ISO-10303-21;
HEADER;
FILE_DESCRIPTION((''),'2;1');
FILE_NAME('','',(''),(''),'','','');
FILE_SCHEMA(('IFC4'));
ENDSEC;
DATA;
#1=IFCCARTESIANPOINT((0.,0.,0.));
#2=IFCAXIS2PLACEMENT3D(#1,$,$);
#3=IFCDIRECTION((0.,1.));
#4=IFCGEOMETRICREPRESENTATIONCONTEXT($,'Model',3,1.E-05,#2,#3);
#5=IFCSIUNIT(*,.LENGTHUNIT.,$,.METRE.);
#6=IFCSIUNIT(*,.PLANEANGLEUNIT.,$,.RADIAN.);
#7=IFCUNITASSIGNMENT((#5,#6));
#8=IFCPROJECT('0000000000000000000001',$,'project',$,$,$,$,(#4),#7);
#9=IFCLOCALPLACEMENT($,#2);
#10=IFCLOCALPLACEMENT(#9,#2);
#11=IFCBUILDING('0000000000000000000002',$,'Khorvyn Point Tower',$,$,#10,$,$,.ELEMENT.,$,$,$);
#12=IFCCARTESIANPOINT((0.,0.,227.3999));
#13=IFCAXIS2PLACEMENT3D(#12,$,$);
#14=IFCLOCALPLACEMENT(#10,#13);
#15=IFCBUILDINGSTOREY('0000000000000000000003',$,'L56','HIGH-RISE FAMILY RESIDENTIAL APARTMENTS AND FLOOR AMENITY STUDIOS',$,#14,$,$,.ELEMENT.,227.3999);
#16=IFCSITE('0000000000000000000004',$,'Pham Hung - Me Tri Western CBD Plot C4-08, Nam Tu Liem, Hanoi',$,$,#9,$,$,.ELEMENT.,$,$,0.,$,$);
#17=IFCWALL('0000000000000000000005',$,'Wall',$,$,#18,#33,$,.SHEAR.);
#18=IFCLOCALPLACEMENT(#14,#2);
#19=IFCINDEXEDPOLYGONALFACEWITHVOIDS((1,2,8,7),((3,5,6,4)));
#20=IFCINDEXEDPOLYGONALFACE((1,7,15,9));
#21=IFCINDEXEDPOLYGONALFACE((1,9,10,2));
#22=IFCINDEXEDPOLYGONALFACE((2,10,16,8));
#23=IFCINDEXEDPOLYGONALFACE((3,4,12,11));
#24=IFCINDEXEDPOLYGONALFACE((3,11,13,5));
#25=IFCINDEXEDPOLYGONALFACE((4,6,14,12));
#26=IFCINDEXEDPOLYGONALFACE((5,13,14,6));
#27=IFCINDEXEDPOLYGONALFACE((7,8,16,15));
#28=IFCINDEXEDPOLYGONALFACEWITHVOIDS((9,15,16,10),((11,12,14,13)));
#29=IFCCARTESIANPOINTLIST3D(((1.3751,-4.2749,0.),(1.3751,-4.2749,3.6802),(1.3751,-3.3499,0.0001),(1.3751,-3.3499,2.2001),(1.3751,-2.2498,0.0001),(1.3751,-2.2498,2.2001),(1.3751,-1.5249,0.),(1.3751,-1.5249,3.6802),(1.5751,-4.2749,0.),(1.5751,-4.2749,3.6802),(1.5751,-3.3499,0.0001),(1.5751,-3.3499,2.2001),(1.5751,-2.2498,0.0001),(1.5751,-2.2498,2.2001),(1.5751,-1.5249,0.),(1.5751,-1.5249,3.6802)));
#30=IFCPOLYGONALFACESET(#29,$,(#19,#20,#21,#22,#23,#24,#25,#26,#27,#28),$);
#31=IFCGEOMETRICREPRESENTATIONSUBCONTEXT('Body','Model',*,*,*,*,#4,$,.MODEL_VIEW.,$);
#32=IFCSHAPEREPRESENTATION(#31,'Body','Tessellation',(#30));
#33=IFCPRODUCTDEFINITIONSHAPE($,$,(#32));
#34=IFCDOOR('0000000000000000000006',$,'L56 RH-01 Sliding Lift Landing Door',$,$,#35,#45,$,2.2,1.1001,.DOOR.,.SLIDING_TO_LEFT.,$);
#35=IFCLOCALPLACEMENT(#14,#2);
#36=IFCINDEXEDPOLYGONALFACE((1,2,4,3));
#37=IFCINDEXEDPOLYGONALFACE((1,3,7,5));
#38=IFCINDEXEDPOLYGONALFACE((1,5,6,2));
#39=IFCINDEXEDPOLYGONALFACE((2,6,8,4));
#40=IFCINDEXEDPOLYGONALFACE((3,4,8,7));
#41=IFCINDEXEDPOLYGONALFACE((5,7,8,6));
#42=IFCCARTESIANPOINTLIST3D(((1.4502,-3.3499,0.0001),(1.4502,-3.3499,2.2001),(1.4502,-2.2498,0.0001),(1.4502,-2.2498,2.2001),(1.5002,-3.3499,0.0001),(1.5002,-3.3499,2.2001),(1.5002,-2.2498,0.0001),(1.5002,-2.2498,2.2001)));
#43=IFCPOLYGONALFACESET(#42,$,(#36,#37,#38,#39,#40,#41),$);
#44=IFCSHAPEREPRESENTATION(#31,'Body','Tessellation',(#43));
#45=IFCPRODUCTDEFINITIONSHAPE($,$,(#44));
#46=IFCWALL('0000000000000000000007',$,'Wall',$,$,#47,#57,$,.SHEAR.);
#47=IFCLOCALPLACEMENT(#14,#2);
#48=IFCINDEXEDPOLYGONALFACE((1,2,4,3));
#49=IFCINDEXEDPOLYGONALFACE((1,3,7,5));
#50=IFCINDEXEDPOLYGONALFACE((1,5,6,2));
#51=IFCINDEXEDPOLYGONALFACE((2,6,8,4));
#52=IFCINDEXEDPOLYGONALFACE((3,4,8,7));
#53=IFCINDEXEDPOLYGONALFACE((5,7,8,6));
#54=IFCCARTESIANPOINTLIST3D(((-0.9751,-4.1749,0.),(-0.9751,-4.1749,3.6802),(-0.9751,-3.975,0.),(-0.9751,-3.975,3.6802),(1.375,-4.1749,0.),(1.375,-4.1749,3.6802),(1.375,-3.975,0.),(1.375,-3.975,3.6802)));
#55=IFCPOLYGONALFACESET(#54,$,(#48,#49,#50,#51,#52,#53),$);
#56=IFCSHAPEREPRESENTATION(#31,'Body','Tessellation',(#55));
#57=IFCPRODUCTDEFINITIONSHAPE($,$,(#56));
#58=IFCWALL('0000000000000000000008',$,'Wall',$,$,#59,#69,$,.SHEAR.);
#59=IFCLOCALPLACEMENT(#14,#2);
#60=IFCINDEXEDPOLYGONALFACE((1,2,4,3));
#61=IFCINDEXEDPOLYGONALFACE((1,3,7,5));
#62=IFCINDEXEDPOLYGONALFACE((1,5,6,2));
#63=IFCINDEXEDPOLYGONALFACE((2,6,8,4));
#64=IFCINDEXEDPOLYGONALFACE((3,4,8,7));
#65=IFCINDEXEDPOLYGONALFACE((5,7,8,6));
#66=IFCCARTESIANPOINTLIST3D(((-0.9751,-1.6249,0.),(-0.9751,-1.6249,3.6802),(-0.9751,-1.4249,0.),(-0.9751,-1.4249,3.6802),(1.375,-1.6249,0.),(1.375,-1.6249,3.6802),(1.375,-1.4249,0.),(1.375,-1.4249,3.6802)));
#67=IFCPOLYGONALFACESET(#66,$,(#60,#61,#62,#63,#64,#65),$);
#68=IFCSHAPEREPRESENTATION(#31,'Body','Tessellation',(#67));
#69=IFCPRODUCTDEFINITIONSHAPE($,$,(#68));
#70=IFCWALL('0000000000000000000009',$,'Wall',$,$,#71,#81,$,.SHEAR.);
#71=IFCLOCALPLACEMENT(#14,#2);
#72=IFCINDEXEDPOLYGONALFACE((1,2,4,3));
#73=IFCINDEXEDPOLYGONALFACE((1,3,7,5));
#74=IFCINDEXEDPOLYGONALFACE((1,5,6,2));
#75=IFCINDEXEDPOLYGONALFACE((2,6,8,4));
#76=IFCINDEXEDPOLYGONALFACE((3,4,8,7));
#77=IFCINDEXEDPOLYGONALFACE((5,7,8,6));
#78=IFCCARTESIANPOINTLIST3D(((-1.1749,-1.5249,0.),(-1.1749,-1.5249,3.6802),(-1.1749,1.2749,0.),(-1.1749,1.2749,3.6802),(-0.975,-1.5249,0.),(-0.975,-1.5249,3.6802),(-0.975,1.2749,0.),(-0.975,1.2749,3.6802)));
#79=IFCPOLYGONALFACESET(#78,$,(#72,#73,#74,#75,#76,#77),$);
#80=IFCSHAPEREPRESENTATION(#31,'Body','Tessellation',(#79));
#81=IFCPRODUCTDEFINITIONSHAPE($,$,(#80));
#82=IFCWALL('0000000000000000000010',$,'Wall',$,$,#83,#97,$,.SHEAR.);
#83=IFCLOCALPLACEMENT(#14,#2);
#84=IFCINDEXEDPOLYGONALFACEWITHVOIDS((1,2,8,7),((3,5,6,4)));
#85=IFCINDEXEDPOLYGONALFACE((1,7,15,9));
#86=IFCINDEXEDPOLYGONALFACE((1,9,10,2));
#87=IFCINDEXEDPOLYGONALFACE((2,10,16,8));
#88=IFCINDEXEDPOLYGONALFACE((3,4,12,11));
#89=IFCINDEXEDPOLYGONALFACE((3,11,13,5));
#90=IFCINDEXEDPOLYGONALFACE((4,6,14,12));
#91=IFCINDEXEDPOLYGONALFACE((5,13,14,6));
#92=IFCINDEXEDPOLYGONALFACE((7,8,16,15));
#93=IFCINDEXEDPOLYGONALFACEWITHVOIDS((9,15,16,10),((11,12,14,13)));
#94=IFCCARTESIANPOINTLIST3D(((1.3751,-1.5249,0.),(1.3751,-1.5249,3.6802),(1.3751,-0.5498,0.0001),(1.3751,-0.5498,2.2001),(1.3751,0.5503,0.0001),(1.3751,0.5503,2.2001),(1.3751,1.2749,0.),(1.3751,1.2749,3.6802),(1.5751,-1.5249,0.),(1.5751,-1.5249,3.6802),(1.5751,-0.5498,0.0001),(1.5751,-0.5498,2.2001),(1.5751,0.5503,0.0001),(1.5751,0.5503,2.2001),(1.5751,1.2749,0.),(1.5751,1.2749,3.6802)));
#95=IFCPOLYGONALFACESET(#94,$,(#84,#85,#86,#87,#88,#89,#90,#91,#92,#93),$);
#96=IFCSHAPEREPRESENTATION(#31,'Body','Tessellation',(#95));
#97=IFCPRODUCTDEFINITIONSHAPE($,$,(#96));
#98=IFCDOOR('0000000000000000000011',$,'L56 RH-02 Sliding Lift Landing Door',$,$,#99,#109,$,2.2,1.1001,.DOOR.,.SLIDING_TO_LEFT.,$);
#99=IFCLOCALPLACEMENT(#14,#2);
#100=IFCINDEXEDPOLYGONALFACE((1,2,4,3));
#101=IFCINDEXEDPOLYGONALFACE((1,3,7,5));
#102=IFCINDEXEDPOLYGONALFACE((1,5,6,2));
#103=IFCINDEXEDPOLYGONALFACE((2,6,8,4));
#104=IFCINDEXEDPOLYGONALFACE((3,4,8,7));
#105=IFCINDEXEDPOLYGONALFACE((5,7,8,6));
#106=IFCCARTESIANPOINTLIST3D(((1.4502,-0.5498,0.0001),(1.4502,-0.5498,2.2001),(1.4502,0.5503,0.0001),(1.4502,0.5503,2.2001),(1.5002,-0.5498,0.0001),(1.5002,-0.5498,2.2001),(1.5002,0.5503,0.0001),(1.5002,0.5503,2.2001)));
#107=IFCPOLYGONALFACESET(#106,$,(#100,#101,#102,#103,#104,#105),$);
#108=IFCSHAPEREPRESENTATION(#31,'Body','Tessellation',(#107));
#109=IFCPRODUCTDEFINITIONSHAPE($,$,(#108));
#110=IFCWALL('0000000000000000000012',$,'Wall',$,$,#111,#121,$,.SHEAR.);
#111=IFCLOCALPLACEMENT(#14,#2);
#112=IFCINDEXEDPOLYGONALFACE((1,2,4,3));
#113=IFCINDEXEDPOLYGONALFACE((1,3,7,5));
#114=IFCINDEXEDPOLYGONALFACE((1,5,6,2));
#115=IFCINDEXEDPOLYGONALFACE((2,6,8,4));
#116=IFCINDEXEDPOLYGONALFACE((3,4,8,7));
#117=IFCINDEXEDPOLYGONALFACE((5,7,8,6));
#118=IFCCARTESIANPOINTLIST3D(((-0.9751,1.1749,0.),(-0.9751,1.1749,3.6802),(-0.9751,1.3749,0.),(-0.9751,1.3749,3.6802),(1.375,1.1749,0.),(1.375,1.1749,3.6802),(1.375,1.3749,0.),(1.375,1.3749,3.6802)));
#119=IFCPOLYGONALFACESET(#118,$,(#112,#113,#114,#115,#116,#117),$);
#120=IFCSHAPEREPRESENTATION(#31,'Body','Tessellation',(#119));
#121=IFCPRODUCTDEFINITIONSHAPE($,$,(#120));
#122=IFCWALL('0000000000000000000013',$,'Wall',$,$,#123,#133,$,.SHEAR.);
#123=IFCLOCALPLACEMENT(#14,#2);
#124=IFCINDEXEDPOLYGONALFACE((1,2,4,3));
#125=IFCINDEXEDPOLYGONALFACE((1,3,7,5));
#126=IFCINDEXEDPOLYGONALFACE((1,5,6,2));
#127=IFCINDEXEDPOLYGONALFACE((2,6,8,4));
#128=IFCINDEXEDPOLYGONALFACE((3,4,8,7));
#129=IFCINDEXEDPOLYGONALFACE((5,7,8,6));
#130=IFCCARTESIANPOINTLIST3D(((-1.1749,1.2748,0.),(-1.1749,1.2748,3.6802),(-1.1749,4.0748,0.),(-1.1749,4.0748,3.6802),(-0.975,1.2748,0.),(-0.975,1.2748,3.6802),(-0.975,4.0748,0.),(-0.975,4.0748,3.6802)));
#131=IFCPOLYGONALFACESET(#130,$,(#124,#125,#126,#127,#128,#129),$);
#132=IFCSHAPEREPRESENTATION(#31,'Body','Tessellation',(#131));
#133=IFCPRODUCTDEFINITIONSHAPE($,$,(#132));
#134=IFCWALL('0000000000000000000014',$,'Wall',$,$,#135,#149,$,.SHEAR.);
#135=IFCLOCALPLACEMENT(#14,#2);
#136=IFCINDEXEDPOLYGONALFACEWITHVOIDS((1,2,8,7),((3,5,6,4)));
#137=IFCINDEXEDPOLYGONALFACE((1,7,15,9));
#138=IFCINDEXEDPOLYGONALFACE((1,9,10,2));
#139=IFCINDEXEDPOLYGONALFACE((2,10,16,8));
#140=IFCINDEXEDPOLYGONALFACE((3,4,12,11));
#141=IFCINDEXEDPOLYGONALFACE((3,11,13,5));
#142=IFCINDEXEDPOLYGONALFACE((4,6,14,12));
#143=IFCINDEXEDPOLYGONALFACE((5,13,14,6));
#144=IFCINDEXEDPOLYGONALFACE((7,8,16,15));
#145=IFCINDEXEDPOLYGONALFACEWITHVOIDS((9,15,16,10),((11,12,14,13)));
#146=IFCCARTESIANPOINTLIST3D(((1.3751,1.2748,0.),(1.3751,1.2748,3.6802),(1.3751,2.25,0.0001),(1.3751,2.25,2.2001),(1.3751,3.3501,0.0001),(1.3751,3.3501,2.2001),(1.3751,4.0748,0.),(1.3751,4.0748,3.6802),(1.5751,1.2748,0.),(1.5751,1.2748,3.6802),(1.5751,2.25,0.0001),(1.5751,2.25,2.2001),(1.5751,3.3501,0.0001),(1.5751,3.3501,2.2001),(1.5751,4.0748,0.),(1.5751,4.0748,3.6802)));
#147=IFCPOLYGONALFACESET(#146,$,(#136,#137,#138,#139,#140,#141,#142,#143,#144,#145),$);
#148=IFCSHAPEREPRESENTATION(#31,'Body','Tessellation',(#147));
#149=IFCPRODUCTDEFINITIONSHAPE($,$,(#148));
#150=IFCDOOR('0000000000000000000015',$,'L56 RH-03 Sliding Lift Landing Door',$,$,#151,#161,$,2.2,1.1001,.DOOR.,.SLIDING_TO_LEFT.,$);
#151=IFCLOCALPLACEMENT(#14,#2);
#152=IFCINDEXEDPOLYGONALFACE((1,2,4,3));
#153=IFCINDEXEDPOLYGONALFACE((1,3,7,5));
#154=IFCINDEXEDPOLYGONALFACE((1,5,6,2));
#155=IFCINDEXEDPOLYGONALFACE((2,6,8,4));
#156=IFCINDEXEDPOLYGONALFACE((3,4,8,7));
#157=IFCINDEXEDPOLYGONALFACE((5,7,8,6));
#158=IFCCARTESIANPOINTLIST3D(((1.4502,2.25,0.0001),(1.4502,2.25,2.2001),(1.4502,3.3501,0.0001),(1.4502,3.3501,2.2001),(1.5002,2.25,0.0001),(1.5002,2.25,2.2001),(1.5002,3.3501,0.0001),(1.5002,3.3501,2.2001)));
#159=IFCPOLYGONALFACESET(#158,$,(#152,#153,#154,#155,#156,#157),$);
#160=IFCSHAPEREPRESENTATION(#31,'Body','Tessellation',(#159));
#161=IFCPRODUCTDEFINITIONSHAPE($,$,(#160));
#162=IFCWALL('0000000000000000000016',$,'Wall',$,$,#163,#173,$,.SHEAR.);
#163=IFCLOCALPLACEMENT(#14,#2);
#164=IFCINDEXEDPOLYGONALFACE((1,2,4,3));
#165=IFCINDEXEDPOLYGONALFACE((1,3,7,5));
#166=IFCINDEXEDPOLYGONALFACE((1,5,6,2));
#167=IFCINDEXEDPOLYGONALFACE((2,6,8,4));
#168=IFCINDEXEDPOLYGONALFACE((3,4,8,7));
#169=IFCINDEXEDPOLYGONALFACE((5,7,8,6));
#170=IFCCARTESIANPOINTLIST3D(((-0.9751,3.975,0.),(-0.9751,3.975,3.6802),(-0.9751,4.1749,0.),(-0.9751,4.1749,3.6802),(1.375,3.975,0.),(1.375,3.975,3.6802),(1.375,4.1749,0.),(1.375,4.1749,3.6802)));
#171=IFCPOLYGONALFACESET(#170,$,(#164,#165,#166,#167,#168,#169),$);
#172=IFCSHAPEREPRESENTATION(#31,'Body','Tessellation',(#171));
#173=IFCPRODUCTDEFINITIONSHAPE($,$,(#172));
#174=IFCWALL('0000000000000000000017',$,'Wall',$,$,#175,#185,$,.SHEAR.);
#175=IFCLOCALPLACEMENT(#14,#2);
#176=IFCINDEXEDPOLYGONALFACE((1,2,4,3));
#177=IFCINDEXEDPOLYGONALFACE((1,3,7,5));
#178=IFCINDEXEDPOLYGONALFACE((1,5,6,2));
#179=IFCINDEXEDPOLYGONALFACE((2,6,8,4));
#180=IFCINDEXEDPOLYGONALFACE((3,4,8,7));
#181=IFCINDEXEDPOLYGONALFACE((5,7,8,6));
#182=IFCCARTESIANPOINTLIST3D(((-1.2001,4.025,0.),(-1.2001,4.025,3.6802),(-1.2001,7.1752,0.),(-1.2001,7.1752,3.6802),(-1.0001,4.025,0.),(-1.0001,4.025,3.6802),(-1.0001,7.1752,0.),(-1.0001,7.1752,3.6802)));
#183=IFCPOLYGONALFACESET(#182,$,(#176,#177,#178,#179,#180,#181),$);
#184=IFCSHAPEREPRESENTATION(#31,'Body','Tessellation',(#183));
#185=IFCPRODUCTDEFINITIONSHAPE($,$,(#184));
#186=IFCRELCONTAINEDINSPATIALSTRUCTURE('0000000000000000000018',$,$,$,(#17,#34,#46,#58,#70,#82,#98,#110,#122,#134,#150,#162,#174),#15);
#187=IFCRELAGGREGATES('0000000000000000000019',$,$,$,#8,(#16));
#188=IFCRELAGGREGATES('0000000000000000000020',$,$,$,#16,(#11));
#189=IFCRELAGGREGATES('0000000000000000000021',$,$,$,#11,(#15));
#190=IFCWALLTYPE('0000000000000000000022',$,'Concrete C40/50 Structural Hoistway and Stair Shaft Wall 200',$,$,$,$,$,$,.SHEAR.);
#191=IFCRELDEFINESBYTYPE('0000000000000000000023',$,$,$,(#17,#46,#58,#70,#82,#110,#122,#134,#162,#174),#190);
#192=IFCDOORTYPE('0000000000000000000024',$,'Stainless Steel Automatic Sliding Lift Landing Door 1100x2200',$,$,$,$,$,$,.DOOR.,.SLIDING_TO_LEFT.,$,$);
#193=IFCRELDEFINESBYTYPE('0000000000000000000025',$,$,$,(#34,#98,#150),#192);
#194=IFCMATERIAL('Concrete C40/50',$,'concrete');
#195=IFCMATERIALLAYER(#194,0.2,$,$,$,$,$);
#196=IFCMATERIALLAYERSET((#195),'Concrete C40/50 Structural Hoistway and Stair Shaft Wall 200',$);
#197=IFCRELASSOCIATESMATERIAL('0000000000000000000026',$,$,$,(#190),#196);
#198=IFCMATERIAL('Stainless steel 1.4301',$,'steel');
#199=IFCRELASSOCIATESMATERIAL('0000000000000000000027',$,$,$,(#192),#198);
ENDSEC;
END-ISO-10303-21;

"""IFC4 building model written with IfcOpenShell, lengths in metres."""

from ifc_helpers import new_model, si_unit, direction, frame, frame_2d, origin, place, context, subcontext, project, spatial, rectangle, extrude, material, layer, layer_set, type_object, element, fill, save


model = new_model("IFC4")

# Units and contexts
model_context = context("Model", 3, precision=1e-05, world=origin(), true_north=direction((0.0, 1.0)))
body_context = subcontext(model_context, "Body", "Model", "MODEL_VIEW")
ifc_project = project(units=[si_unit("LENGTHUNIT", "METRE"), si_unit("PLANEANGLEUNIT", "RADIAN")], contexts=[model_context])

# Site, building, storey
site_placement = place(None, origin())
site = spatial("IfcSite", under=ifc_project, at=site_placement, Name="Pham Hung - Me Tri Western CBD Plot C4-08, Nam Tu Liem, Hanoi", CompositionType="ELEMENT", RefElevation=0.0)
building_placement = place(site_placement, origin())
building = spatial("IfcBuilding", under=site, at=building_placement, Name="Khorvyn Point Tower", CompositionType="ELEMENT")
storey_placement = place(building_placement, frame((0.0, 0.0, 227.3999)))
storey = spatial("IfcBuildingStorey", under=building, at=storey_placement, Name="L56", Description="HIGH-RISE FAMILY RESIDENTIAL APARTMENTS AND FLOOR AMENITY STUDIOS", CompositionType="ELEMENT", Elevation=227.3999)

# Shared definitions
ifc_material_1 = material(Name="Concrete C40/50", Category="concrete")

# Shared definitions
ifc_layer_1 = layer(ifc_material_1, 0.2)
ifc_layer_set_1 = layer_set([ifc_layer_1], Name="Concrete C40/50 Structural Hoistway and Stair Shaft Wall 200")
wall_type = type_object("IfcWallType", Name="Concrete C40/50 Structural Hoistway and Stair Shaft Wall 200", PredefinedType="SHEAR", material=ifc_layer_set_1)

# Wall, opening, door
wall_1_placement = place(storey_placement, frame((1.4751, -4.2749, 0.0), z_axis=(0.0, 0.0, 1.0), x_axis=(0.0, 1.0, 0.0)))
wall_1 = element("IfcWall", 1, at=wall_1_placement, inside=storey, type_object=wall_type, Name="Wall", PredefinedType="SHEAR", context=body_context, shape_type="SweptSolid", body=[
    extrude(rectangle(XDim=2.75, YDim=0.2, at=frame_2d((1.375, 0.0))), origin(), (0.0, 0.0, 1.0), 3.6802),
])
opening_1_placement = place(wall_1_placement, frame((0.925, 0.0, 0.0)))
opening_1 = element("IfcOpeningElement", 2, at=opening_1_placement, cuts=wall_1, PredefinedType="OPENING", context=body_context, shape_type="SweptSolid", body=[
    extrude(rectangle(XDim=1.1001, YDim=2.2, at=frame_2d((0.55, 1.1001))), frame((0.0, 0.1099, 0.0), z_axis=(0.0, -1.0, 0.0), x_axis=(1.0, 0.0, 0.0)), (0.0, 0.0, 1.0), 0.22),
])
ifc_material_2 = material(Name="Stainless steel 1.4301", Category="steel")
door_type = type_object("IfcDoorType", Name="Stainless Steel Automatic Sliding Lift Landing Door 1100x2200", OperationType="SLIDING_TO_LEFT", PredefinedType="DOOR", material=ifc_material_2)
door_1_placement = place(opening_1_placement, origin())
door_1 = element("IfcDoor", 3, at=door_1_placement, inside=storey, type_object=door_type, Name="L56 RH-01 Sliding Lift Landing Door", OperationType="SLIDING_TO_LEFT", OverallHeight=2.2, OverallWidth=1.1001, PredefinedType="DOOR", context=body_context, shape_type="SweptSolid", body=[
    extrude(rectangle(XDim=1.1001, YDim=2.2, at=frame_2d((0.55, 1.1001))), frame((0.0, 0.0249, 0.0), z_axis=(0.0, -1.0, 0.0), x_axis=(1.0, 0.0, 0.0)), (0.0, 0.0, 1.0), 0.05),
])
fill(opening_1, door_1)

# Walls
for number, where, z_axis, x_axis, name in (
    (4, (-0.9751, -4.075, 0.0), (0.0, 0.0, 1.0), (1.0, 0.0, 0.0), "Wall"),
    (5, (-0.9751, -1.5249, 0.0), (0.0, 0.0, 1.0), (1.0, 0.0, 0.0), "Wall"),
):
    element("IfcWall", number, at=place(storey_placement, frame(where, z_axis=z_axis, x_axis=x_axis)), inside=storey, type_object=wall_type, Name=name, PredefinedType="SHEAR", context=body_context, shape_type="SweptSolid", body=[
        extrude(rectangle(XDim=2.3501, YDim=0.2, at=frame_2d((1.175, 0.0))), origin(), (0.0, 0.0, 1.0), 3.6802),
    ])
wall_2_placement = place(storey_placement, frame((-1.075, -1.5249, 0.0), z_axis=(0.0, 0.0, 1.0), x_axis=(0.0, 1.0, 0.0)))
element("IfcWall", 6, at=wall_2_placement, inside=storey, type_object=wall_type, Name="Wall", PredefinedType="SHEAR", context=body_context, shape_type="SweptSolid", body=[
    extrude(rectangle(XDim=2.7998, YDim=0.2, at=frame_2d((1.3999, 0.0))), origin(), (0.0, 0.0, 1.0), 3.6802),
])

# Wall, opening, door
wall_3_placement = place(storey_placement, frame((1.4751, -1.5249, 0.0), z_axis=(0.0, 0.0, 1.0), x_axis=(0.0, 1.0, 0.0)))
wall_3 = element("IfcWall", 7, at=wall_3_placement, inside=storey, type_object=wall_type, Name="Wall", PredefinedType="SHEAR", context=body_context, shape_type="SweptSolid", body=[
    extrude(rectangle(XDim=2.7998, YDim=0.2, at=frame_2d((1.3999, 0.0))), origin(), (0.0, 0.0, 1.0), 3.6802),
])
opening_2_placement = place(wall_3_placement, frame((0.9751, 0.0, 0.0)))
opening_2 = element("IfcOpeningElement", 8, at=opening_2_placement, cuts=wall_3, PredefinedType="OPENING", context=body_context, shape_type="SweptSolid", body=[
    extrude(rectangle(XDim=1.1001, YDim=2.2, at=frame_2d((0.55, 1.1001))), frame((0.0, 0.1099, 0.0), z_axis=(0.0, -1.0, 0.0), x_axis=(1.0, 0.0, 0.0)), (0.0, 0.0, 1.0), 0.22),
])
door_2_placement = place(opening_2_placement, origin())
door_2 = element("IfcDoor", 9, at=door_2_placement, inside=storey, type_object=door_type, Name="L56 RH-02 Sliding Lift Landing Door", OperationType="SLIDING_TO_LEFT", OverallHeight=2.2, OverallWidth=1.1001, PredefinedType="DOOR", context=body_context, shape_type="SweptSolid", body=[
    extrude(rectangle(XDim=1.1001, YDim=2.2, at=frame_2d((0.55, 1.1001))), frame((0.0, 0.0249, 0.0), z_axis=(0.0, -1.0, 0.0), x_axis=(1.0, 0.0, 0.0)), (0.0, 0.0, 1.0), 0.05),
])
fill(opening_2, door_2)

# Walls
wall_4_placement = place(storey_placement, frame((-0.9751, 1.2749, 0.0), z_axis=(0.0, 0.0, 1.0), x_axis=(1.0, 0.0, 0.0)))
element("IfcWall", 10, at=wall_4_placement, inside=storey, type_object=wall_type, Name="Wall", PredefinedType="SHEAR", context=body_context, shape_type="SweptSolid", body=[
    extrude(rectangle(XDim=2.3501, YDim=0.2, at=frame_2d((1.175, 0.0))), origin(), (0.0, 0.0, 1.0), 3.6802),
])
wall_5_placement = place(storey_placement, frame((-1.075, 1.2749, 0.0), z_axis=(0.0, 0.0, 1.0), x_axis=(0.0, 1.0, 0.0)))
element("IfcWall", 11, at=wall_5_placement, inside=storey, type_object=wall_type, Name="Wall", PredefinedType="SHEAR", context=body_context, shape_type="SweptSolid", body=[
    extrude(rectangle(XDim=2.8, YDim=0.2, at=frame_2d((1.3999, 0.0))), origin(), (0.0, 0.0, 1.0), 3.6802),
])

# Wall, opening, door
wall_6_placement = place(storey_placement, frame((1.4751, 1.2749, 0.0), z_axis=(0.0, 0.0, 1.0), x_axis=(0.0, 1.0, 0.0)))
wall_6 = element("IfcWall", 12, at=wall_6_placement, inside=storey, type_object=wall_type, Name="Wall", PredefinedType="SHEAR", context=body_context, shape_type="SweptSolid", body=[
    extrude(rectangle(XDim=2.8, YDim=0.2, at=frame_2d((1.3999, 0.0))), origin(), (0.0, 0.0, 1.0), 3.6802),
])
opening_3_placement = place(wall_6_placement, frame((0.9751, 0.0, 0.0)))
opening_3 = element("IfcOpeningElement", 13, at=opening_3_placement, cuts=wall_6, PredefinedType="OPENING", context=body_context, shape_type="SweptSolid", body=[
    extrude(rectangle(XDim=1.1001, YDim=2.2, at=frame_2d((0.55, 1.1001))), frame((0.0, 0.1099, 0.0), z_axis=(0.0, -1.0, 0.0), x_axis=(1.0, 0.0, 0.0)), (0.0, 0.0, 1.0), 0.22),
])
door_3_placement = place(opening_3_placement, origin())
door_3 = element("IfcDoor", 14, at=door_3_placement, inside=storey, type_object=door_type, Name="L56 RH-03 Sliding Lift Landing Door", OperationType="SLIDING_TO_LEFT", OverallHeight=2.2, OverallWidth=1.1001, PredefinedType="DOOR", context=body_context, shape_type="SweptSolid", body=[
    extrude(rectangle(XDim=1.1001, YDim=2.2, at=frame_2d((0.55, 1.1001))), frame((0.0, 0.0249, 0.0), z_axis=(0.0, -1.0, 0.0), x_axis=(1.0, 0.0, 0.0)), (0.0, 0.0, 1.0), 0.05),
])
fill(opening_3, door_3)

# Walls
wall_7_placement = place(storey_placement, frame((-0.9751, 4.075, 0.0), z_axis=(0.0, 0.0, 1.0), x_axis=(1.0, 0.0, 0.0)))
element("IfcWall", 15, at=wall_7_placement, inside=storey, type_object=wall_type, Name="Wall", PredefinedType="SHEAR", context=body_context, shape_type="SweptSolid", body=[
    extrude(rectangle(XDim=2.3501, YDim=0.2, at=frame_2d((1.175, 0.0))), origin(), (0.0, 0.0, 1.0), 3.6802),
])
wall_8_placement = place(storey_placement, frame((-1.1001, 4.0249, 0.0), z_axis=(0.0, 0.0, 1.0), x_axis=(0.0, 1.0, 0.0)))
element("IfcWall", 16, at=wall_8_placement, inside=storey, type_object=wall_type, Name="Wall", PredefinedType="SHEAR", context=body_context, shape_type="SweptSolid", body=[
    extrude(rectangle(XDim=3.1501, YDim=0.2, at=frame_2d((1.5752, 0.0))), origin(), (0.0, 0.0, 1.0), 3.6802),
])

save(model, "model.ifc")
